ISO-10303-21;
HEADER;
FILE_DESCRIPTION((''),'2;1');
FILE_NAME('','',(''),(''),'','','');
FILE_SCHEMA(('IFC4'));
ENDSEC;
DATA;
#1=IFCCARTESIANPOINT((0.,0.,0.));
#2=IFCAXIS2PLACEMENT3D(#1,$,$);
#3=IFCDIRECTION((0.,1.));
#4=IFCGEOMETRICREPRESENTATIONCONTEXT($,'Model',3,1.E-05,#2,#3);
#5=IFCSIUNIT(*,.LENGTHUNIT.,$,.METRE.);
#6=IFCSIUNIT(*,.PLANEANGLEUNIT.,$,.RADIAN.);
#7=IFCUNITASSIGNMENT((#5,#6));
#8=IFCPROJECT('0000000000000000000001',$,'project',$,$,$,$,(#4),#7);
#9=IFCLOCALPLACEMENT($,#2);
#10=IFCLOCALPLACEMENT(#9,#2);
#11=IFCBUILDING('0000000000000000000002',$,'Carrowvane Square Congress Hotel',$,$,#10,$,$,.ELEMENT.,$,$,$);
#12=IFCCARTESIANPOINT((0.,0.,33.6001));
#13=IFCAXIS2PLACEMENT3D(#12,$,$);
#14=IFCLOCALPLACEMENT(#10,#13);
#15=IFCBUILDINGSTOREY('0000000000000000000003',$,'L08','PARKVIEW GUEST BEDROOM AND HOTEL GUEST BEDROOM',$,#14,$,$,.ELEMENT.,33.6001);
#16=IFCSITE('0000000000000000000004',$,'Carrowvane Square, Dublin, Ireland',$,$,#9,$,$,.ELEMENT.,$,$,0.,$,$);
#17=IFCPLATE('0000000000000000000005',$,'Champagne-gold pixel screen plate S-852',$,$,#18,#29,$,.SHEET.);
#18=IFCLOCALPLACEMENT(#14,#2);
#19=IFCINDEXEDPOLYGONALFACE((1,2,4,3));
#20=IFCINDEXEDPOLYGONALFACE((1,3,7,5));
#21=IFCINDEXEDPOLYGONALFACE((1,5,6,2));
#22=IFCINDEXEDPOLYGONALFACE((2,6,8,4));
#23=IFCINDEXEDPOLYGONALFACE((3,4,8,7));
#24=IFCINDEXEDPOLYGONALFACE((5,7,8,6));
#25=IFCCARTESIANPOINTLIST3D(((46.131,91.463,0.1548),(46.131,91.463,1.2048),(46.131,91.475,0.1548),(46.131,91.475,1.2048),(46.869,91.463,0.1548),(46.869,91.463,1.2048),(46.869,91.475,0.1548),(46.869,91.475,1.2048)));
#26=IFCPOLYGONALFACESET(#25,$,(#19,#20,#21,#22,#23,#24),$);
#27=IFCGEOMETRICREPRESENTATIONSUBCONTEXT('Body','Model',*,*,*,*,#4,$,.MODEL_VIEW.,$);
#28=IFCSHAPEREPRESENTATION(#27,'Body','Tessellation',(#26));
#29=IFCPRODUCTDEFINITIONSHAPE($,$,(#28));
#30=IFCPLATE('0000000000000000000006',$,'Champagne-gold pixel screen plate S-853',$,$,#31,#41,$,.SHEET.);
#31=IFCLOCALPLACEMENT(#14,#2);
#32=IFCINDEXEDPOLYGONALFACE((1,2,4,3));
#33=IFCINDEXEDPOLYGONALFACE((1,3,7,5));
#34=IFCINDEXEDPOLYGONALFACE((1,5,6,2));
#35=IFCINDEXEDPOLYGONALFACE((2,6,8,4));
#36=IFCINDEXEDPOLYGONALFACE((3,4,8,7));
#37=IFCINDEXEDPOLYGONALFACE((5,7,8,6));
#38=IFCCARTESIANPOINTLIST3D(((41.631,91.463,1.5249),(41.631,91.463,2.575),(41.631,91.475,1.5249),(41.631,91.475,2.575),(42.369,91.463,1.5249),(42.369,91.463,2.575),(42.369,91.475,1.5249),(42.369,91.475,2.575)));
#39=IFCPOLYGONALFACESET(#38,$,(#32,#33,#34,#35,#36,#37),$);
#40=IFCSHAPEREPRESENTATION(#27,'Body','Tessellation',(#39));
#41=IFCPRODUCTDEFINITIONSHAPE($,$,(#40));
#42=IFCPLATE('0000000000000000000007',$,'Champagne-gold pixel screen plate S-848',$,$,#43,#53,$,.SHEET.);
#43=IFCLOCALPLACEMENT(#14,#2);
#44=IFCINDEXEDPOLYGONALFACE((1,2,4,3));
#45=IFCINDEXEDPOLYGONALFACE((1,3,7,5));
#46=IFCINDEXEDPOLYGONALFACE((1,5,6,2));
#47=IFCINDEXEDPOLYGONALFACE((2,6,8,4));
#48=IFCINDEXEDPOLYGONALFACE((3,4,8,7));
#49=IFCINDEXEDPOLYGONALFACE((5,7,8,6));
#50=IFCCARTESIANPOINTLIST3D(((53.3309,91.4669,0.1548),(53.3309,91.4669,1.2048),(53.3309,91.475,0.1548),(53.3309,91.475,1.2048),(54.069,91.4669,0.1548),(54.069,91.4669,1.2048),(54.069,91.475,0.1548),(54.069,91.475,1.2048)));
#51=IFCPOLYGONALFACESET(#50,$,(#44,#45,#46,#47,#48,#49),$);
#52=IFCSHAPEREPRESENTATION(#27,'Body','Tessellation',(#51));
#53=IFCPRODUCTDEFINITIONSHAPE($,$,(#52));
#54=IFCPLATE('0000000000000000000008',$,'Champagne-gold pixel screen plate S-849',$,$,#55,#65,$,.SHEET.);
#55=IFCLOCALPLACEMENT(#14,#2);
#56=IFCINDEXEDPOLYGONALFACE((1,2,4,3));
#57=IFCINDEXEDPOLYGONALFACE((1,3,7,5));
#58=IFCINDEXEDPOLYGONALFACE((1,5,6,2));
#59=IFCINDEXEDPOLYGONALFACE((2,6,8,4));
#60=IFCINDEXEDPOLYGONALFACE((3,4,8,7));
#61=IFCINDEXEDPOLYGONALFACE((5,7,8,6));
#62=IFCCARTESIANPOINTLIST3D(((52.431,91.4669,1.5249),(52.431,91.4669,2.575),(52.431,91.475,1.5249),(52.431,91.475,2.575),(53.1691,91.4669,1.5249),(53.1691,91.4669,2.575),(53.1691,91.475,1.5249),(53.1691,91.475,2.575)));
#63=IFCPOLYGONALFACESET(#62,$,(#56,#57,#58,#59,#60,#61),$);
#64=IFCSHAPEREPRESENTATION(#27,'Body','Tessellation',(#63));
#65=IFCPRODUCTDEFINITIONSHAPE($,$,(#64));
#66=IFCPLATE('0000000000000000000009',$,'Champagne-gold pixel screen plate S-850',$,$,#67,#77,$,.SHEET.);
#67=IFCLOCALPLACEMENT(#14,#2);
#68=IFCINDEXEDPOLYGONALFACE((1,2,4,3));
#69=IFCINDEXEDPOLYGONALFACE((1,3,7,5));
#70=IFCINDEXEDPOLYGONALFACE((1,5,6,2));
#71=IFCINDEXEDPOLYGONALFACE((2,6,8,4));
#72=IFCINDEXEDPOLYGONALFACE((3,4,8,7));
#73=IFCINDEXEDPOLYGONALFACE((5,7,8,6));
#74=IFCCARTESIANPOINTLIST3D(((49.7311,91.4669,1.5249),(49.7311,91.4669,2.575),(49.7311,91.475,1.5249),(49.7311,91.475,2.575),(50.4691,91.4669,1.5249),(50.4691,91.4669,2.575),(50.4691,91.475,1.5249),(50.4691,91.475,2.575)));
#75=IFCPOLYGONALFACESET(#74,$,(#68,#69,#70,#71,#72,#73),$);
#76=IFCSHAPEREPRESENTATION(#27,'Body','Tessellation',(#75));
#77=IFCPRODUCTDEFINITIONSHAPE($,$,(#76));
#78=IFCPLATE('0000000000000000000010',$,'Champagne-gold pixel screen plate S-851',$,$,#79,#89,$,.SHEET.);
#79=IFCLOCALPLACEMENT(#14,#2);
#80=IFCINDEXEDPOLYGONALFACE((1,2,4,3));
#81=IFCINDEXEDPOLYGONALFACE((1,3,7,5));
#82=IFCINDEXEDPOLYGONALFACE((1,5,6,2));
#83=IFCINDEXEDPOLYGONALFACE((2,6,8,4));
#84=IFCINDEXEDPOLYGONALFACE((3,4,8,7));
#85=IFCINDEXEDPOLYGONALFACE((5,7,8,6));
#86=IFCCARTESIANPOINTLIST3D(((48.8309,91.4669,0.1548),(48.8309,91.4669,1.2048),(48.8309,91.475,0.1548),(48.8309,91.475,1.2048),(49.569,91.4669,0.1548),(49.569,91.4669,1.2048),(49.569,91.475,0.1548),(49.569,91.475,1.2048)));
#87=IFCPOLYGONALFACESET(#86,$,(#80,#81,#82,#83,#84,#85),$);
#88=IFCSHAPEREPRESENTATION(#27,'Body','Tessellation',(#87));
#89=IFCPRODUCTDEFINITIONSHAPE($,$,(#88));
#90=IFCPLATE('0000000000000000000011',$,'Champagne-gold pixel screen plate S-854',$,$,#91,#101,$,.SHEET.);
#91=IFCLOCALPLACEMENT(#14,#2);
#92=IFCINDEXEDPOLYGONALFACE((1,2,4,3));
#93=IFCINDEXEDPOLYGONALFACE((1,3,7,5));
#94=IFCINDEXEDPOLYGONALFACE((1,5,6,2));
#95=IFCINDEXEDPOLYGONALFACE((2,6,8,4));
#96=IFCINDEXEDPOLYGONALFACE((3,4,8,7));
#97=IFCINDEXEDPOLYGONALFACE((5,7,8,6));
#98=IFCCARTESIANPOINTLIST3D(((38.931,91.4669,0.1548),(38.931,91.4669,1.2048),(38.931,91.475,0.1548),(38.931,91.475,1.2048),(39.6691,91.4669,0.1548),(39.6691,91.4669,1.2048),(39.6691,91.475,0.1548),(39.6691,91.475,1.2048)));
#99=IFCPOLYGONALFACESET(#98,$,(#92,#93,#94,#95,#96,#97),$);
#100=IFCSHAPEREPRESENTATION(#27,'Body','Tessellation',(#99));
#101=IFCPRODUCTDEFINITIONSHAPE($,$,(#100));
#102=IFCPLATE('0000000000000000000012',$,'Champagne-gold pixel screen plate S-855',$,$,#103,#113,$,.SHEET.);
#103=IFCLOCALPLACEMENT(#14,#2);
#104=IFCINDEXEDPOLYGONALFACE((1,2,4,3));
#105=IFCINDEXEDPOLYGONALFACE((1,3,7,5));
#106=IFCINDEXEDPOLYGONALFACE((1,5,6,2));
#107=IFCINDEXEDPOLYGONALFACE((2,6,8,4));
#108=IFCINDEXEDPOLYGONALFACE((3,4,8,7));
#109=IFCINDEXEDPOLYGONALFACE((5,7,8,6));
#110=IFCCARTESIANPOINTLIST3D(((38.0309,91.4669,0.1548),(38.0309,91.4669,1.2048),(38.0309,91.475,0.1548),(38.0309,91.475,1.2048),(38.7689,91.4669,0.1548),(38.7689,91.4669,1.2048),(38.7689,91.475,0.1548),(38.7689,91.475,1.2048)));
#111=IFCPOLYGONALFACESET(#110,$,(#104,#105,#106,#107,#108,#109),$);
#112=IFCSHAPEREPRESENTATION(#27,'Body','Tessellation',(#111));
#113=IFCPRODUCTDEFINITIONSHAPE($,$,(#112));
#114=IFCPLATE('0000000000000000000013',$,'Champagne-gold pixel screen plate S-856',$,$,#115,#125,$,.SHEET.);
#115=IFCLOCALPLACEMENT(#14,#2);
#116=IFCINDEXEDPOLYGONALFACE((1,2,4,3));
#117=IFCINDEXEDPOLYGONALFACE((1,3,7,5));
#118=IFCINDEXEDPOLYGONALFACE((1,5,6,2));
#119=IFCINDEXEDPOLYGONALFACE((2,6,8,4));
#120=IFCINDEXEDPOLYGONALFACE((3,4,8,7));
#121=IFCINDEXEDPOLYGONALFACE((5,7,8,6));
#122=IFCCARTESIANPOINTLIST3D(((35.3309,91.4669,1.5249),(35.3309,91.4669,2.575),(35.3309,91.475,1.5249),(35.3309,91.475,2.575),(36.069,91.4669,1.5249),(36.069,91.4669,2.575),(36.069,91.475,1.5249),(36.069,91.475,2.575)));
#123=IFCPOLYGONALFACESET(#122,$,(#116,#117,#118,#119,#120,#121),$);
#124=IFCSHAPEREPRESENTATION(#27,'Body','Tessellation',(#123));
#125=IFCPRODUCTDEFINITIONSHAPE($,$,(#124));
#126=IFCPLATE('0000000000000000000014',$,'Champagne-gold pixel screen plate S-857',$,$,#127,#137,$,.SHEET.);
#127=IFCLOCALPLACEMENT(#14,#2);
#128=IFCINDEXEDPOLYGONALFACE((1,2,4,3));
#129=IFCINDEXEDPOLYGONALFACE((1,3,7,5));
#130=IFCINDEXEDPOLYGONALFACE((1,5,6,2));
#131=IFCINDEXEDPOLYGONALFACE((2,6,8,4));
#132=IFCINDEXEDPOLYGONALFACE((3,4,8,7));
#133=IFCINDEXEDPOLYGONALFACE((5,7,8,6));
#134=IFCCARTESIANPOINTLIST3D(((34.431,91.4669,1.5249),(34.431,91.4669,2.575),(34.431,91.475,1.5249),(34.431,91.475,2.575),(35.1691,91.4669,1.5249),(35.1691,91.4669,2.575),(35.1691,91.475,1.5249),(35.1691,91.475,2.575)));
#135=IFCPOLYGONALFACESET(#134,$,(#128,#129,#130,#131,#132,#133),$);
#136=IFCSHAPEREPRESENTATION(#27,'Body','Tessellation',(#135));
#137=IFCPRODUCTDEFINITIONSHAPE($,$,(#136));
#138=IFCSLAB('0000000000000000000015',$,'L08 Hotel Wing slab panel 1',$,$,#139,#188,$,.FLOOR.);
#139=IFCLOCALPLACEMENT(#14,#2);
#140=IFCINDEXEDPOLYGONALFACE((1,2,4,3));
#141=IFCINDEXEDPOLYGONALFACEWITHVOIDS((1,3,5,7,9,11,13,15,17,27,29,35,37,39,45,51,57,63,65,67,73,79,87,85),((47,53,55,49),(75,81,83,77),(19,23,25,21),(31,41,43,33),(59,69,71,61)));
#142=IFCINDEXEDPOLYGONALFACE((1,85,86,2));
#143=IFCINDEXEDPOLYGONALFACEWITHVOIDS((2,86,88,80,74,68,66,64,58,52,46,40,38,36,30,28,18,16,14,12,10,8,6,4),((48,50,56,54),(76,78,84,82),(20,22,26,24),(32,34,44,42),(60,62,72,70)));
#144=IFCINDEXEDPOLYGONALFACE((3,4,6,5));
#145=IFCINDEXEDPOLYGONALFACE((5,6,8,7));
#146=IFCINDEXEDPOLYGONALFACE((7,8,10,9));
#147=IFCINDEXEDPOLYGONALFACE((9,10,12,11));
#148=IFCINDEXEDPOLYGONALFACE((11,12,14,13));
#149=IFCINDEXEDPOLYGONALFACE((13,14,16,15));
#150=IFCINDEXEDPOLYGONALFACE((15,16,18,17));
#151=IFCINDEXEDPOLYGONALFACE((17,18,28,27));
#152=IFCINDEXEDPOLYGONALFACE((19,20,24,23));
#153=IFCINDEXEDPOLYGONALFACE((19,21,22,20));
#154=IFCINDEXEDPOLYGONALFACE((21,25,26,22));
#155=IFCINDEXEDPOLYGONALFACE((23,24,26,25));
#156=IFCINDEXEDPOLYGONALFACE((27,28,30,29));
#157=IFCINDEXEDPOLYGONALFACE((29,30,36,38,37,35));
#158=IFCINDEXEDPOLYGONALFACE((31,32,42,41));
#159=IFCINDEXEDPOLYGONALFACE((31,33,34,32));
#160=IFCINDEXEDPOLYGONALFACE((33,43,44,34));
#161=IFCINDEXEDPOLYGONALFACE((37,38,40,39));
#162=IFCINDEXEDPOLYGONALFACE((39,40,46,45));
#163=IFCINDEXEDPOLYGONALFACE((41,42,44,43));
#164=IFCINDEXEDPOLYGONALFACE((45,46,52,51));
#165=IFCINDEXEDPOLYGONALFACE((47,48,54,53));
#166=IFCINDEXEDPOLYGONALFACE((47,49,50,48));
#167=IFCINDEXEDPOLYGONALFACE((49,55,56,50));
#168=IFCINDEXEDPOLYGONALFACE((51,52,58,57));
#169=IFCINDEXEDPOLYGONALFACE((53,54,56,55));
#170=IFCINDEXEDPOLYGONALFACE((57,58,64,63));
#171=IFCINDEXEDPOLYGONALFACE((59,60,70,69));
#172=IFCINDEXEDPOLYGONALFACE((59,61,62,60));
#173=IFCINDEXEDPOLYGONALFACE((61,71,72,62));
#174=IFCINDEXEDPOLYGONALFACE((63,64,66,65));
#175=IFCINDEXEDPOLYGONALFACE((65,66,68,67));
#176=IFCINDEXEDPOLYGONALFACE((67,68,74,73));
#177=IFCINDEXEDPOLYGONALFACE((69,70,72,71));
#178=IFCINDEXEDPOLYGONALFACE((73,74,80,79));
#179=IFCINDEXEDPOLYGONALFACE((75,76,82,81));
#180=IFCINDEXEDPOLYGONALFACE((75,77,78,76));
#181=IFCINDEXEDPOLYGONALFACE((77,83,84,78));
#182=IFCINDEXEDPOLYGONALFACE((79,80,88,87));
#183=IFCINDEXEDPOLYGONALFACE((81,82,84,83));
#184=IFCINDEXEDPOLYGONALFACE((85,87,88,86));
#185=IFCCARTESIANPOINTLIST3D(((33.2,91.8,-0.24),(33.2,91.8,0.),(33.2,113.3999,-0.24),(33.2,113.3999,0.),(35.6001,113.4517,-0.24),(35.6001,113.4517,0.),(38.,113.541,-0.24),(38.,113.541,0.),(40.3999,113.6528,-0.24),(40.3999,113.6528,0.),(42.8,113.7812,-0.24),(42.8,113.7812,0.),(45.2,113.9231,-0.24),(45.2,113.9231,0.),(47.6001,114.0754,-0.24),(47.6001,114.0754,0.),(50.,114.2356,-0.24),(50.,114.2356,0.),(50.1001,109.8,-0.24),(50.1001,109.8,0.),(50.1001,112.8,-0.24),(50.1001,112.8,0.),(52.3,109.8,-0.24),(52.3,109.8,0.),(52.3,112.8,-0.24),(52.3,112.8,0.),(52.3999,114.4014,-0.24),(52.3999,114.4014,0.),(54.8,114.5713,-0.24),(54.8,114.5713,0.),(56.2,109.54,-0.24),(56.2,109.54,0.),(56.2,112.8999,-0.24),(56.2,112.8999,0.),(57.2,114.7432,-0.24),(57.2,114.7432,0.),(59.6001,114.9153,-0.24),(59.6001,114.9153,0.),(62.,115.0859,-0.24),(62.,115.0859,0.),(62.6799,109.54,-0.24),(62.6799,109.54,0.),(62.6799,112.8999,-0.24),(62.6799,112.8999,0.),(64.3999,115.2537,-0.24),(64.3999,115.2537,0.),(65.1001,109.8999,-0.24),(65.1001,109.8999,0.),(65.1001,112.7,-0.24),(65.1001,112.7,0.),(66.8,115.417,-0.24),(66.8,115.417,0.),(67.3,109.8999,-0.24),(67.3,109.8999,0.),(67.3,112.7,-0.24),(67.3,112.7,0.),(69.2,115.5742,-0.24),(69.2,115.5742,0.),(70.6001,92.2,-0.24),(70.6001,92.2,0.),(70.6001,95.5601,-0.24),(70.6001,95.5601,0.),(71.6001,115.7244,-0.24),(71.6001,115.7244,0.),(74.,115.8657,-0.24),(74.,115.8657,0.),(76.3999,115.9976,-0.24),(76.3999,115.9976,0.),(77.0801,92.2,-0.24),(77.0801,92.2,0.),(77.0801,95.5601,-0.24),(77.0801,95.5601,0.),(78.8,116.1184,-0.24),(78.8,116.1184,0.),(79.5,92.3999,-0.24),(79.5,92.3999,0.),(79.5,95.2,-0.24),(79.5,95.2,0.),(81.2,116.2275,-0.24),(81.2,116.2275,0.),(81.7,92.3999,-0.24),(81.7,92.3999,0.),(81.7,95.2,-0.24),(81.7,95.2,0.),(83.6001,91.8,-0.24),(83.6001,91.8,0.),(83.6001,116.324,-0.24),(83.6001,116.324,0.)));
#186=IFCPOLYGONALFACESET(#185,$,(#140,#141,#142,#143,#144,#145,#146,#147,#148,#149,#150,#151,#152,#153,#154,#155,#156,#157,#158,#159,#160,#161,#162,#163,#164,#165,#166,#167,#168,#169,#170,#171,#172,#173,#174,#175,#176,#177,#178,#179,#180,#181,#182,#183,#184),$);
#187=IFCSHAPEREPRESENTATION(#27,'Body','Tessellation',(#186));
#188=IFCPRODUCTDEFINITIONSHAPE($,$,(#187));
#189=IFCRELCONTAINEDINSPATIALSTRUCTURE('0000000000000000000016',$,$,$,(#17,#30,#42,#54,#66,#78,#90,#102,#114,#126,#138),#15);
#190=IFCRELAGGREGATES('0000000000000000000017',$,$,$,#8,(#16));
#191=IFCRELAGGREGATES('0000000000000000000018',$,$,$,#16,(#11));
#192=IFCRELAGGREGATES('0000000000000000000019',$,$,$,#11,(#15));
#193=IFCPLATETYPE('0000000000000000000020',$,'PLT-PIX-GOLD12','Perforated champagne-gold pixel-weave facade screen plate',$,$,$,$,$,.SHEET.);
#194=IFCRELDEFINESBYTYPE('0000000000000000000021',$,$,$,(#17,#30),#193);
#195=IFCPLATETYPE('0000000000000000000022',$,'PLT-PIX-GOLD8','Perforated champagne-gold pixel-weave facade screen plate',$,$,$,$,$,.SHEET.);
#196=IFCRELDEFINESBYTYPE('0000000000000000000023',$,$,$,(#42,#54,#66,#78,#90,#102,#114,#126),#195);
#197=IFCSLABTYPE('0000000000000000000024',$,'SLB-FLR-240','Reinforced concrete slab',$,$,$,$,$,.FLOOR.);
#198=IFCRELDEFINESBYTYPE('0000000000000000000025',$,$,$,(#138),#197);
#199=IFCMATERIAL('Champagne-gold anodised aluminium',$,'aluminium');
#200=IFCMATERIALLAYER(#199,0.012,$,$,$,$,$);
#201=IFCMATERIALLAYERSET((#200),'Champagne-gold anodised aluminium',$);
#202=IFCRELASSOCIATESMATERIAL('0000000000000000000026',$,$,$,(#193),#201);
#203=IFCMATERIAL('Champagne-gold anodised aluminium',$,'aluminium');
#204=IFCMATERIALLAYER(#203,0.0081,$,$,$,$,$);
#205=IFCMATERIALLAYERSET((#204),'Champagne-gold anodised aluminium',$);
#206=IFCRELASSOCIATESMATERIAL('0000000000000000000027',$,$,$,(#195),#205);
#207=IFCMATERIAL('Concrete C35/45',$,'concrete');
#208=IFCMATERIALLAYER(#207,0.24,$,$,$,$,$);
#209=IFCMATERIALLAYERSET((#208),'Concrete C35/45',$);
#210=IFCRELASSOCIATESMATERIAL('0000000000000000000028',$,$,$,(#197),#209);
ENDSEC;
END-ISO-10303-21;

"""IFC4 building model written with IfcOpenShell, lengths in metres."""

from ifc_helpers import new_model, si_unit, direction, frame, origin, origin_2d, place, context, subcontext, project, spatial, polyline, rectangle, outline, extrude, material, layer, layer_set, type_object, element, save


model = new_model("IFC4")

# Units and contexts
model_context = context("Model", 3, precision=1e-05, world=origin(), true_north=direction((0.0, 1.0)))
body_context = subcontext(model_context, "Body", "Model", "MODEL_VIEW")
ifc_project = project(units=[si_unit("LENGTHUNIT", "METRE"), si_unit("PLANEANGLEUNIT", "RADIAN")], contexts=[model_context])

# Site, building, storey
site_placement = place(None, origin())
site = spatial("IfcSite", under=ifc_project, at=site_placement, Name="Carrowvane Square, Dublin, Ireland", CompositionType="ELEMENT", RefElevation=0.0)
building_placement = place(site_placement, origin())
building = spatial("IfcBuilding", under=site, at=building_placement, Name="Carrowvane Square Congress Hotel", CompositionType="ELEMENT")
storey_placement = place(building_placement, frame((0.0, 0.0, 33.6001)))
storey = spatial("IfcBuildingStorey", under=building, at=storey_placement, Name="L08", Description="PARKVIEW GUEST BEDROOM AND HOTEL GUEST BEDROOM", CompositionType="ELEMENT", Elevation=33.6001)

# Plates
ifc_material_1 = material(Name="Champagne-gold anodised aluminium", Category="aluminium")
ifc_layer_1 = layer(ifc_material_1, 0.012)
ifc_layer_set_1 = layer_set([ifc_layer_1], Name="Champagne-gold anodised aluminium")
plate_type_1 = type_object("IfcPlateType", Name="PLT-PIX-GOLD12", Description="Perforated champagne-gold pixel-weave facade screen plate", PredefinedType="SHEET", material=ifc_layer_set_1)
for number, where, z_axis, x_axis, name in (
    (1, (46.5, 91.469, 0.1548), (0.0, 0.0, 1.0), (-1.0, 0.0, 0.0), "Champagne-gold pixel screen plate S-852"),
    (2, (42.0, 91.469, 1.5249), (0.0, 0.0, 1.0), (-1.0, 0.0, 0.0), "Champagne-gold pixel screen plate S-853"),
):
    element("IfcPlate", number, at=place(storey_placement, frame(where, z_axis=z_axis, x_axis=x_axis)), inside=storey, type_object=plate_type_1, Name=name, PredefinedType="SHEET", context=body_context, shape_type="SweptSolid", body=[
        extrude(rectangle(XDim=0.738, YDim=0.012, at=origin_2d()), origin(), (0.0, 0.0, 1.0), 1.05),
    ])
ifc_material_2 = material(Name="Champagne-gold anodised aluminium", Category="aluminium")
ifc_layer_2 = layer(ifc_material_2, 0.0081)
ifc_layer_set_2 = layer_set([ifc_layer_2], Name="Champagne-gold anodised aluminium")
plate_type_2 = type_object("IfcPlateType", Name="PLT-PIX-GOLD8", Description="Perforated champagne-gold pixel-weave facade screen plate", PredefinedType="SHEET", material=ifc_layer_set_2)
for number, where, z_axis, x_axis, name in (
    (3, (53.7, 91.4709, 0.1548), (0.0, 0.0, 1.0), (-1.0, 0.0, 0.0), "Champagne-gold pixel screen plate S-848"),
    (4, (52.8, 91.4709, 1.5249), (0.0, 0.0, 1.0), (-1.0, 0.0, 0.0), "Champagne-gold pixel screen plate S-849"),
    (5, (50.1001, 91.4709, 1.5249), (0.0, 0.0, 1.0), (-1.0, 0.0, 0.0), "Champagne-gold pixel screen plate S-850"),
    (6, (49.2, 91.4709, 0.1548), (0.0, 0.0, 1.0), (-1.0, 0.0, 0.0), "Champagne-gold pixel screen plate S-851"),
    (7, (39.3, 91.4709, 0.1548), (0.0, 0.0, 1.0), (-1.0, 0.0, 0.0), "Champagne-gold pixel screen plate S-854"),
    (8, (38.3999, 91.4709, 0.1548), (0.0, 0.0, 1.0), (-1.0, 0.0, 0.0), "Champagne-gold pixel screen plate S-855"),
    (9, (35.7, 91.4709, 1.5249), (0.0, 0.0, 1.0), (-1.0, 0.0, 0.0), "Champagne-gold pixel screen plate S-856"),
    (10, (34.8, 91.4709, 1.5249), (0.0, 0.0, 1.0), (-1.0, 0.0, 0.0), "Champagne-gold pixel screen plate S-857"),
):
    element("IfcPlate", number, at=place(storey_placement, frame(where, z_axis=z_axis, x_axis=x_axis)), inside=storey, type_object=plate_type_2, Name=name, PredefinedType="SHEET", context=body_context, shape_type="SweptSolid", body=[
        extrude(rectangle(XDim=0.738, YDim=0.0081, at=origin_2d()), origin(), (0.0, 0.0, 1.0), 1.05),
    ])

# Slab
ifc_material_3 = material(Name="Concrete C35/45", Category="concrete")
ifc_layer_3 = layer(ifc_material_3, 0.24)
ifc_layer_set_3 = layer_set([ifc_layer_3], Name="Concrete C35/45")
slab_type_1 = type_object("IfcSlabType", Name="SLB-FLR-240", Description="Reinforced concrete slab", PredefinedType="FLOOR", material=ifc_layer_set_3)
slab_1_placement = place(storey_placement, frame((0.0, 0.0, -0.24)))
element("IfcSlab", 11, at=slab_1_placement, inside=storey, type_object=slab_type_1, Name="L08 Hotel Wing slab panel 1", PredefinedType="FLOOR", context=body_context, shape_type="SweptSolid", body=[
    extrude(outline(polyline([(33.2, 91.8), (83.6001, 91.8), (83.6001, 116.324), (81.2, 116.2275), (78.8, 116.1184), (76.3999, 115.9976), (74.0, 115.8657), (71.6001, 115.7244), (69.2, 115.5742), (66.8, 115.417), (64.3999, 115.2537), (62.0, 115.0859), (59.6001, 114.9153), (57.2, 114.7432), (54.8, 114.5713), (52.3999, 114.4014), (50.0, 114.2356), (47.6001, 114.0754), (45.2, 113.9231), (42.8, 113.7812), (40.3999, 113.6528), (38.0, 113.541), (35.6001, 113.4517), (33.2, 113.3999), (33.2, 91.8)]), holes=[polyline([(62.6799, 112.8999), (56.2, 112.8999), (56.2, 109.54), (62.6799, 109.54), (62.6799, 112.8999)]), polyline([(77.0801, 95.5601), (70.6001, 95.5601), (70.6001, 92.2), (77.0801, 92.2), (77.0801, 95.5601)]), polyline([(65.1001, 109.8999), (67.3, 109.8999), (67.3, 112.7), (65.1001, 112.7), (65.1001, 109.8999)]), polyline([(79.5, 92.3999), (81.7, 92.3999), (81.7, 95.2), (79.5, 95.2), (79.5, 92.3999)]), polyline([(50.1001, 109.8), (52.3, 109.8), (52.3, 112.8), (50.1001, 112.8), (50.1001, 109.8)])]), origin(), (0.0, 0.0, 1.0), 0.24),
])

save(model, "model.ifc")
